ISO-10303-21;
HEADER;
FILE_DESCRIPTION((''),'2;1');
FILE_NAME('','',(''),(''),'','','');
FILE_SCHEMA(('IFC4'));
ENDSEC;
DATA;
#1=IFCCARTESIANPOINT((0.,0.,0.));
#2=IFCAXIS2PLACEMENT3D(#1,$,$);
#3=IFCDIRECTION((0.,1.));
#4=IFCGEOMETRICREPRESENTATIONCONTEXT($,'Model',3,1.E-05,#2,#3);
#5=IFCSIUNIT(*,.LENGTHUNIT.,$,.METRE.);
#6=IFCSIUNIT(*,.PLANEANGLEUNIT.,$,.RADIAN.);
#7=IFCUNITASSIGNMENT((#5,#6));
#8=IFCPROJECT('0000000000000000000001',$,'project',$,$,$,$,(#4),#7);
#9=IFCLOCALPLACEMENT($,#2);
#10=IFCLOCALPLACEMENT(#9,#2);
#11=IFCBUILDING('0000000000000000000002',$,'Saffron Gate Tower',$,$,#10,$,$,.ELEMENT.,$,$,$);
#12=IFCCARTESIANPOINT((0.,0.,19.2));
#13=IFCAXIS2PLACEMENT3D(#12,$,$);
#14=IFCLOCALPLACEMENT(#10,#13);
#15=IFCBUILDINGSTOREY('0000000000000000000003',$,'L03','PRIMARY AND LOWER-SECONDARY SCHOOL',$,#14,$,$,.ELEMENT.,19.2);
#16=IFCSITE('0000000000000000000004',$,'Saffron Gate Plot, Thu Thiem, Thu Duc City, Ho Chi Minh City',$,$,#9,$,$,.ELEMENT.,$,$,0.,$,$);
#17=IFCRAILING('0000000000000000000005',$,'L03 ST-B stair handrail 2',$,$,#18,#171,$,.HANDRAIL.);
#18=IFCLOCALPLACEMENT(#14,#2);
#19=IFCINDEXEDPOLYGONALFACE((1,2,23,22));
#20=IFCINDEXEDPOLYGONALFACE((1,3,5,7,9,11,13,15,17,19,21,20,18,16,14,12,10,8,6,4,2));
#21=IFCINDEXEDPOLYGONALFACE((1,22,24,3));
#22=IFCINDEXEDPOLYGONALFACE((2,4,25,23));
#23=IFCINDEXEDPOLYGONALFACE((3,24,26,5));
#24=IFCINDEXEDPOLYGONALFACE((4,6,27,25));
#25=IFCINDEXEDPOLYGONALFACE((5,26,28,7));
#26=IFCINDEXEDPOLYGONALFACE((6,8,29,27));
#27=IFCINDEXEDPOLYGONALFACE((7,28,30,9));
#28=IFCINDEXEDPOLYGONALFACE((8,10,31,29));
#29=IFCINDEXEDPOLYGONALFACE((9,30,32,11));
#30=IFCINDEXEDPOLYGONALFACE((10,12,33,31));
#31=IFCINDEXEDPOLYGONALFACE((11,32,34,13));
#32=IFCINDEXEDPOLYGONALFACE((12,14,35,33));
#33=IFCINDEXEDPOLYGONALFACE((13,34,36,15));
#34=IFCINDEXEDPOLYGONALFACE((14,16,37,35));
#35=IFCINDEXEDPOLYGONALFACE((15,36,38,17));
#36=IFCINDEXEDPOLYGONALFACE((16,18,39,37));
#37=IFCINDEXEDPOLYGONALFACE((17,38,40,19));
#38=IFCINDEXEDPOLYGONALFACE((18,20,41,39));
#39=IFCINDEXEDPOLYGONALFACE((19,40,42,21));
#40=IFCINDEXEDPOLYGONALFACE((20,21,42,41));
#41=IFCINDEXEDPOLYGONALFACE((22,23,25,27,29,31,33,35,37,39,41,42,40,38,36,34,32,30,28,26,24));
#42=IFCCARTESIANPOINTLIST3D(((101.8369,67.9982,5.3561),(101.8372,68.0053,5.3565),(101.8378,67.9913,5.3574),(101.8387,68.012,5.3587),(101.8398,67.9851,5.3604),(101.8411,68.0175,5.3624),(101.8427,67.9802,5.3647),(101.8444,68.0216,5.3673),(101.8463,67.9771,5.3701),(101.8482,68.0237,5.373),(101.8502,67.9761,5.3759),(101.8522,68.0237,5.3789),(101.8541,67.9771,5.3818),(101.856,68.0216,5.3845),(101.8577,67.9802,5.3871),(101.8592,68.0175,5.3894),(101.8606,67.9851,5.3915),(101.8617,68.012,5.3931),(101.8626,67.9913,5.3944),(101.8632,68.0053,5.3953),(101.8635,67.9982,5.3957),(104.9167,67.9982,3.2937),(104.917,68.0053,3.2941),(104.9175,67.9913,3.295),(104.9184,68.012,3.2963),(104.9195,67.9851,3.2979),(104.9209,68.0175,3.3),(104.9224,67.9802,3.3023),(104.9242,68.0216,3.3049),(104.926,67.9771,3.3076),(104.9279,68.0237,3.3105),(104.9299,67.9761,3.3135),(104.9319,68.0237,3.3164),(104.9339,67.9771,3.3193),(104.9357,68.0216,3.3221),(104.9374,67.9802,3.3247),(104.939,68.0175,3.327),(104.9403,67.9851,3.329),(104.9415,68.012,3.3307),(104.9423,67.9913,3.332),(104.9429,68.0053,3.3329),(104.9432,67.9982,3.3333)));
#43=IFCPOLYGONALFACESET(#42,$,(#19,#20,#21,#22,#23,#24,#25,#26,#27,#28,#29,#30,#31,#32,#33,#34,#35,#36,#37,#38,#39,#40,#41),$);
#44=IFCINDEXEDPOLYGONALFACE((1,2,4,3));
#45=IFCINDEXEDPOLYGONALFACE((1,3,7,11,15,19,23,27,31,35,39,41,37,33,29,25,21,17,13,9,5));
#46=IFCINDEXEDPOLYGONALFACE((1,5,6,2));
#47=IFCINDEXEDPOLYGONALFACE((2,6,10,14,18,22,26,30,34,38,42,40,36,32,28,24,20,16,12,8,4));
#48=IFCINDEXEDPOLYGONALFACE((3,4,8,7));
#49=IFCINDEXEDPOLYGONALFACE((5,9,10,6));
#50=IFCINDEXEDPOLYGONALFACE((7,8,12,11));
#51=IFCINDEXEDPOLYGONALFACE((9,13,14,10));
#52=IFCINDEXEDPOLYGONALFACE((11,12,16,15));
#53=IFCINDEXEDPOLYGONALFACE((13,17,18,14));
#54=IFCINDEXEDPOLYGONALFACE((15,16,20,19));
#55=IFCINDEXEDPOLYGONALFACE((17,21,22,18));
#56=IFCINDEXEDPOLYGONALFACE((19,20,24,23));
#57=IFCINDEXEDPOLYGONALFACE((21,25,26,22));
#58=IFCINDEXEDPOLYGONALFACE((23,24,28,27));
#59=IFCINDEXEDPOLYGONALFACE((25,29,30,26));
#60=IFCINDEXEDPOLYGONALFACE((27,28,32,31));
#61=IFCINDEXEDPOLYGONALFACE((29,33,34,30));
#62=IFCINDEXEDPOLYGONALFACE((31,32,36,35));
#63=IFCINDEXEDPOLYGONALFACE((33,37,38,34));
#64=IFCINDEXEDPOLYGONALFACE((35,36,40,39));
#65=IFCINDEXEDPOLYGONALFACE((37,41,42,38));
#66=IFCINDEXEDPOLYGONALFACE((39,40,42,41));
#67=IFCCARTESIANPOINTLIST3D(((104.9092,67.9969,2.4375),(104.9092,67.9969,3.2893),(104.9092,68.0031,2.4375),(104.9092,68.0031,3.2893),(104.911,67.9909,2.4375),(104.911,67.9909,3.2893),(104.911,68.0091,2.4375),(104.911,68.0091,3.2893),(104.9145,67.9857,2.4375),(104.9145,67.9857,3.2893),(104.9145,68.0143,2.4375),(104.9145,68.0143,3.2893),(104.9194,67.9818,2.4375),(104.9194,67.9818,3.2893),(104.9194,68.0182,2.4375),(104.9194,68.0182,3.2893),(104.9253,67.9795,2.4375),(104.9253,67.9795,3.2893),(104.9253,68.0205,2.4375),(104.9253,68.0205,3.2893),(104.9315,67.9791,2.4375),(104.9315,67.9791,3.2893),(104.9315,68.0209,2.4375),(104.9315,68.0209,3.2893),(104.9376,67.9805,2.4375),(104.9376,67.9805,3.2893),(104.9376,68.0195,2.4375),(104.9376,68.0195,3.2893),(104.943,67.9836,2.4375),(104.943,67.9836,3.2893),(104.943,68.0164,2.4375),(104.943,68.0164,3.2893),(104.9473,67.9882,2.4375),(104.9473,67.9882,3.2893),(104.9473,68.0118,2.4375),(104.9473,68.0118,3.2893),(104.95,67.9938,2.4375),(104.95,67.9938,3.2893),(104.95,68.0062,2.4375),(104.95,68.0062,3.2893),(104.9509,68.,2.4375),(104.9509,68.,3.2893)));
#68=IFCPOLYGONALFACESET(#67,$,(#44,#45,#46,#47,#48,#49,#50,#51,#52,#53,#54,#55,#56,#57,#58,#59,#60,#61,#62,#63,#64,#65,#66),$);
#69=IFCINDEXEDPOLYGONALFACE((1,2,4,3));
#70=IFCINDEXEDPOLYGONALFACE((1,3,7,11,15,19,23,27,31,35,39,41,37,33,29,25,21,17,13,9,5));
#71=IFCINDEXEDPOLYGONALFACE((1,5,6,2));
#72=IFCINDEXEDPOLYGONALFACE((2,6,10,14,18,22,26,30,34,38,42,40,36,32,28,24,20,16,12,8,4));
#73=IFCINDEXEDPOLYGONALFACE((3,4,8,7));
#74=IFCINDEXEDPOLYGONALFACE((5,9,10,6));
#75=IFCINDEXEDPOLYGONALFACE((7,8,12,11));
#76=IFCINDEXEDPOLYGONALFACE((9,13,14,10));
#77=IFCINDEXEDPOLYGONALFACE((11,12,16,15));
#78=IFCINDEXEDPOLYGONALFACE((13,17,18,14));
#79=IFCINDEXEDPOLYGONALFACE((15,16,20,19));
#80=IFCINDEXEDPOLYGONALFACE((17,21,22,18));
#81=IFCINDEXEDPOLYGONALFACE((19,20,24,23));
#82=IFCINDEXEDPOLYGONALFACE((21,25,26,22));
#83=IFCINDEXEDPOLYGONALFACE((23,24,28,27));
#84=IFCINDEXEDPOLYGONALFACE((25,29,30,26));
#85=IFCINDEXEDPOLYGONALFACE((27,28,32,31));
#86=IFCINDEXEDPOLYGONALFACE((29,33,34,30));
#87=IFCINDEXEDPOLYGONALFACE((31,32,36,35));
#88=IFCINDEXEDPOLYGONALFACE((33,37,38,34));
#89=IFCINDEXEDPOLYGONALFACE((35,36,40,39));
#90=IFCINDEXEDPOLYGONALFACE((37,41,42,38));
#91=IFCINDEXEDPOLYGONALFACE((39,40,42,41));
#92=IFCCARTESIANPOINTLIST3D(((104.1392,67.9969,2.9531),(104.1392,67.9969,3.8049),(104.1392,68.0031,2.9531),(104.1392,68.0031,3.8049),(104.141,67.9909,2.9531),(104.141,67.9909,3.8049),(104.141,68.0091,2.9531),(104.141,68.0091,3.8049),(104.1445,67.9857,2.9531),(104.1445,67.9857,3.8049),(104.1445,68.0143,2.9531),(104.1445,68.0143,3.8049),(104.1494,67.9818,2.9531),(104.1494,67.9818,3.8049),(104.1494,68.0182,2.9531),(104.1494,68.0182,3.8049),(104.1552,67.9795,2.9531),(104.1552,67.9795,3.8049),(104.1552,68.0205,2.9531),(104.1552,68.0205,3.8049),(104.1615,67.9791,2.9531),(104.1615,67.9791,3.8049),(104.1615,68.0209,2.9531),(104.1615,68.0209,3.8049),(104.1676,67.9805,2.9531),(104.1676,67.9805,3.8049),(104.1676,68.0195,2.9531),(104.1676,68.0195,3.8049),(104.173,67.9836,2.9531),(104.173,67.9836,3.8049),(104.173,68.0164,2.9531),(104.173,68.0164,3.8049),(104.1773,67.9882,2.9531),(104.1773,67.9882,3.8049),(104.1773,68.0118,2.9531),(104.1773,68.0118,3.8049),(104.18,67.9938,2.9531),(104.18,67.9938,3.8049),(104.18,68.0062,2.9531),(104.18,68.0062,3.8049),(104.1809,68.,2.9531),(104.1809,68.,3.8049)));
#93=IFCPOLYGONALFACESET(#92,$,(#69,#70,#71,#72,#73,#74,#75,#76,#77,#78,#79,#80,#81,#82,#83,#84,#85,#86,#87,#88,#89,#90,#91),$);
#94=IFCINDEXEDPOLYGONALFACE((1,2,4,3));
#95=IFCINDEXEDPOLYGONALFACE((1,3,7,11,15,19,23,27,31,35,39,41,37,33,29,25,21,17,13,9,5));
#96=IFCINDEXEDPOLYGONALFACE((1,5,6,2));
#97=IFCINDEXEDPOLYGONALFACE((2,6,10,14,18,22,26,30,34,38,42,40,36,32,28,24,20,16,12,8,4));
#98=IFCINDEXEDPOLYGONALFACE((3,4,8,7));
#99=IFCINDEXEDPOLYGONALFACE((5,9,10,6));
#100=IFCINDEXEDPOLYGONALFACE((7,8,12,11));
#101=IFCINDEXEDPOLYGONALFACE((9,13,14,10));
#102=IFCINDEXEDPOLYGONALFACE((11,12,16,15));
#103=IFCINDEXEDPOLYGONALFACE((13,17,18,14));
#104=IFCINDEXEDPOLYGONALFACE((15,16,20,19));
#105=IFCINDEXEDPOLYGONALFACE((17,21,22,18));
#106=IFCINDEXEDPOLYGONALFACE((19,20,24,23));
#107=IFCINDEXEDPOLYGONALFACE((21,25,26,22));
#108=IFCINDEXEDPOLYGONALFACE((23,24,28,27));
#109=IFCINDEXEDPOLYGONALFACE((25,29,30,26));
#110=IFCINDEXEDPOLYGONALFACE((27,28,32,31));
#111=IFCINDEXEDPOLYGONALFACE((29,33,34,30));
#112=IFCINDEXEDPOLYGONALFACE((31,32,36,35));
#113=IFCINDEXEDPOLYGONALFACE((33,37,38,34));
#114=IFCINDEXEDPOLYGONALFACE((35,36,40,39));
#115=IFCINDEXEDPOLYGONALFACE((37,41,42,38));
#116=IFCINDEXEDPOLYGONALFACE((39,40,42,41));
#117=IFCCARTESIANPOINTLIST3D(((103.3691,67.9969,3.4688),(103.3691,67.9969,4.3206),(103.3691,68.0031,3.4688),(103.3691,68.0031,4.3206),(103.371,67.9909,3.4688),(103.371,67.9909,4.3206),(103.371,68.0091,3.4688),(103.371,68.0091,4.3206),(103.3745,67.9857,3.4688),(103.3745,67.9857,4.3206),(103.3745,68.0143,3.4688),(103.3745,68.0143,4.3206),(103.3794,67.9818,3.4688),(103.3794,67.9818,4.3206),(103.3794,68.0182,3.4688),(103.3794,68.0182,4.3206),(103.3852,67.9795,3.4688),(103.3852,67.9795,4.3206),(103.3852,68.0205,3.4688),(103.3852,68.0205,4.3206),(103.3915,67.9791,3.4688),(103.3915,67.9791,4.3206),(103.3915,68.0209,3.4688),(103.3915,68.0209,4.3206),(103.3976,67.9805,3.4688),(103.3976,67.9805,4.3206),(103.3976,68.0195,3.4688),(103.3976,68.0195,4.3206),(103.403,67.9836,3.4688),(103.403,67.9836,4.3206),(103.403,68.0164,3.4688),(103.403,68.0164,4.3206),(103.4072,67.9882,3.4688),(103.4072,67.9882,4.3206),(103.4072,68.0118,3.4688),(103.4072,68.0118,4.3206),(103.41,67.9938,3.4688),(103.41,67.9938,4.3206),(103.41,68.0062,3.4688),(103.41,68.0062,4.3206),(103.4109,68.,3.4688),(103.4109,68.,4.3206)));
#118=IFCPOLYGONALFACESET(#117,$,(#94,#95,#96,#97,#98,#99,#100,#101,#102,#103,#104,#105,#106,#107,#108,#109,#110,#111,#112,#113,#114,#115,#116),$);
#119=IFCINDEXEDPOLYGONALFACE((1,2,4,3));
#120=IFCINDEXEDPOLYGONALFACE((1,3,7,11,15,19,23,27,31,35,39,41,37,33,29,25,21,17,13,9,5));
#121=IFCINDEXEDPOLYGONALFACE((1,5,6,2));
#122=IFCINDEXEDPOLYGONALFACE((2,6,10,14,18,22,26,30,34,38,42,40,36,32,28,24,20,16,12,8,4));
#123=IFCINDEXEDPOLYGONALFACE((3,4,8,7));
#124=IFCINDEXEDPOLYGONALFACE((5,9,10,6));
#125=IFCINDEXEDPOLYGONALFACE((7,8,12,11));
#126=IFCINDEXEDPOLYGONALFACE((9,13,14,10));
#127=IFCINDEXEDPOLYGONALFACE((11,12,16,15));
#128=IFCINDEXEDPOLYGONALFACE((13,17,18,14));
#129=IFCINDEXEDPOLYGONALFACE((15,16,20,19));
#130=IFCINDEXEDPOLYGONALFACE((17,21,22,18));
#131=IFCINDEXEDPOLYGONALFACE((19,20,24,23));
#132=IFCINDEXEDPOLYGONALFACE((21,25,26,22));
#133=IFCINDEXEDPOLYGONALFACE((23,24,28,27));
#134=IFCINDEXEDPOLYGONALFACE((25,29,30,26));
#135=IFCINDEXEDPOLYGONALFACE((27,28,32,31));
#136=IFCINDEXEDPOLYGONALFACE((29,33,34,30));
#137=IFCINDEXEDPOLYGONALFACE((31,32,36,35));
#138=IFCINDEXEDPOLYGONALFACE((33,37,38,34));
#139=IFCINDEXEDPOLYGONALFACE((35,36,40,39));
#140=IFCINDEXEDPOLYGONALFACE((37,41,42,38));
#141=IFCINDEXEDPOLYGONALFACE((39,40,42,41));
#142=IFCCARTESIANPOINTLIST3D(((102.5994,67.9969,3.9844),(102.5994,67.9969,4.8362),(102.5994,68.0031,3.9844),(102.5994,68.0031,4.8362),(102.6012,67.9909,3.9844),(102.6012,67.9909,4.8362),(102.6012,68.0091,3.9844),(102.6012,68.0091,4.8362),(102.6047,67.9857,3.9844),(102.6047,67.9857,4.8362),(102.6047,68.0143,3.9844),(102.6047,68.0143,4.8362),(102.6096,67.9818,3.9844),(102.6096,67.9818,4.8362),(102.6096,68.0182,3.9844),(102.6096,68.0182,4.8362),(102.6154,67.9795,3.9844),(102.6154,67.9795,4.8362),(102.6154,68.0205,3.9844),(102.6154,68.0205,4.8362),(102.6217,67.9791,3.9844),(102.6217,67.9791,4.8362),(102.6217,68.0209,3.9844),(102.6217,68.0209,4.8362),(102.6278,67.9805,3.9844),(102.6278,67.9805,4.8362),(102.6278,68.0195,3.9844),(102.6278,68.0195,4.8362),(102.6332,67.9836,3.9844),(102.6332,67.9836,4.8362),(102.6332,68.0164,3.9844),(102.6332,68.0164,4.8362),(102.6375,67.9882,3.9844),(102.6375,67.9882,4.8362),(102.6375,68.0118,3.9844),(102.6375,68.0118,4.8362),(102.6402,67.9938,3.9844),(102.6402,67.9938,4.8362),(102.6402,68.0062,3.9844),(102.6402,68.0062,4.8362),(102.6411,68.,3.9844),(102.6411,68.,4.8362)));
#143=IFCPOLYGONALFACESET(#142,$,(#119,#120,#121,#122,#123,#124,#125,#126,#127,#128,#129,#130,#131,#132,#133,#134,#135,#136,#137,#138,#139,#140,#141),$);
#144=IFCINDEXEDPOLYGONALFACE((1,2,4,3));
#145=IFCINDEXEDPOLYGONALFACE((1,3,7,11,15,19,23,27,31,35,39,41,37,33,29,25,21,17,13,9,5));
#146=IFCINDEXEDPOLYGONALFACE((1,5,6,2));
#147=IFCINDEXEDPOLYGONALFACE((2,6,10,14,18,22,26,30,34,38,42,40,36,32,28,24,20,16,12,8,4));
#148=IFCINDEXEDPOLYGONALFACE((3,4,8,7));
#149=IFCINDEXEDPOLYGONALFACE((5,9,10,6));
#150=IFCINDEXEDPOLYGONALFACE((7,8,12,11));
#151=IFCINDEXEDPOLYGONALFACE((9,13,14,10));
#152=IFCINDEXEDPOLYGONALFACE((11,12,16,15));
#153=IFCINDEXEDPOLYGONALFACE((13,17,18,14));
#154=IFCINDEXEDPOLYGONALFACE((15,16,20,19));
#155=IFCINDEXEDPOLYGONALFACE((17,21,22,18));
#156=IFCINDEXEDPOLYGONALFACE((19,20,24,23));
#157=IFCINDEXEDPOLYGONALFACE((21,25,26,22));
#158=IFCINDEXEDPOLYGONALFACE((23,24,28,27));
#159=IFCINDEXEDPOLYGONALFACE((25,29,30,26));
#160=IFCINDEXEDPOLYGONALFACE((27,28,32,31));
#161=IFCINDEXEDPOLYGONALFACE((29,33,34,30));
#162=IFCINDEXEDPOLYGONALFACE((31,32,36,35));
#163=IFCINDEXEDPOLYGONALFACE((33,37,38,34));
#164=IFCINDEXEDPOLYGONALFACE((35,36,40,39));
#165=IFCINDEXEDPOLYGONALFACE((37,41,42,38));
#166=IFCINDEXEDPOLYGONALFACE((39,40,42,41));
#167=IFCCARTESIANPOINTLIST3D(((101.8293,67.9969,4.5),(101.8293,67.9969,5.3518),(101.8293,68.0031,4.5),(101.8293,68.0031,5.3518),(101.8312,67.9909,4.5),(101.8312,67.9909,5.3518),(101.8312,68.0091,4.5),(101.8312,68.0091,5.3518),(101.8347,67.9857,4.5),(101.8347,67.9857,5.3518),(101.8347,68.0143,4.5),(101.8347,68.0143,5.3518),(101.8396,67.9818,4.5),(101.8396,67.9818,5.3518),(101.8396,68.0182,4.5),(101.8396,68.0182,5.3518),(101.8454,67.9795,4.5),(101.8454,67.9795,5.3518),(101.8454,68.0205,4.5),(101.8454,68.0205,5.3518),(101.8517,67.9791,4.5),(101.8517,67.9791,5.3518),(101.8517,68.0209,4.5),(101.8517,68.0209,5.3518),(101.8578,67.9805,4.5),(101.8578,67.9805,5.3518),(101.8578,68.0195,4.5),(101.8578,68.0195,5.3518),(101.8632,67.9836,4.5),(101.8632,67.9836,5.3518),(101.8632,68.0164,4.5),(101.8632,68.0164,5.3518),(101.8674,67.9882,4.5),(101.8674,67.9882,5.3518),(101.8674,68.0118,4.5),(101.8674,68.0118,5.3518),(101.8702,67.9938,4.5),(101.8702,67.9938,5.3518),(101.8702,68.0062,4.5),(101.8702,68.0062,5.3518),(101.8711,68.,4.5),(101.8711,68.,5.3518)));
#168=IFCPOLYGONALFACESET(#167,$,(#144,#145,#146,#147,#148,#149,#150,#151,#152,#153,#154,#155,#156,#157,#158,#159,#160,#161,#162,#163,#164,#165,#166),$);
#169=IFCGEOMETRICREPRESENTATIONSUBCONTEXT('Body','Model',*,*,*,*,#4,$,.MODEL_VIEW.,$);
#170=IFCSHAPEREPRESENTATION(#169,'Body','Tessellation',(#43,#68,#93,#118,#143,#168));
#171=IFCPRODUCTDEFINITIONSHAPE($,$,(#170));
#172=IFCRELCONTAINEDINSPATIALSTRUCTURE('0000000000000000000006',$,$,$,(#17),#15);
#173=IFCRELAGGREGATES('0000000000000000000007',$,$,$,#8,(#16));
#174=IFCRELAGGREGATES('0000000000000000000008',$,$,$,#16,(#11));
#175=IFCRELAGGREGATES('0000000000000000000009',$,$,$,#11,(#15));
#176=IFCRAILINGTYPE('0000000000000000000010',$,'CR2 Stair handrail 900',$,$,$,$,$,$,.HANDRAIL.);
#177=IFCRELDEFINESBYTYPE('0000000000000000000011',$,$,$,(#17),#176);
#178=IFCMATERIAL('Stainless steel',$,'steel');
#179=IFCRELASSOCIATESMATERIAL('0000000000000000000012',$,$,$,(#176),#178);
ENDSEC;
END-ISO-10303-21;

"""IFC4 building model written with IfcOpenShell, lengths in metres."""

from ifc_helpers import new_model, si_unit, direction, frame, origin, origin_2d, place, context, subcontext, project, spatial, circle, extrude, material, type_object, element, save


model = new_model("IFC4")

# Units and contexts
model_context = context("Model", 3, precision=1e-05, world=origin(), true_north=direction((0.0, 1.0)))
body_context = subcontext(model_context, "Body", "Model", "MODEL_VIEW")
ifc_project = project(units=[si_unit("LENGTHUNIT", "METRE"), si_unit("PLANEANGLEUNIT", "RADIAN")], contexts=[model_context])

# Site, building, storey
site_placement = place(None, origin())
site = spatial("IfcSite", under=ifc_project, at=site_placement, Name="Saffron Gate Plot, Thu Thiem, Thu Duc City, Ho Chi Minh City", CompositionType="ELEMENT", RefElevation=0.0)
building_placement = place(site_placement, origin())
building = spatial("IfcBuilding", under=site, at=building_placement, Name="Saffron Gate Tower", CompositionType="ELEMENT")
storey_placement = place(building_placement, frame((0.0, 0.0, 19.2)))
storey = spatial("IfcBuildingStorey", under=building, at=storey_placement, Name="L03", Description="PRIMARY AND LOWER-SECONDARY SCHOOL", CompositionType="ELEMENT", Elevation=19.2)

# Railing
ifc_material_1 = material(Name="Stainless steel", Category="steel")
railing_type_1 = type_object("IfcRailingType", Name="CR2 Stair handrail 900", PredefinedType="HANDRAIL", material=ifc_material_1)
railing_1_placement = place(storey_placement, frame((104.9299, 68.0, 2.4375)))
element("IfcRailing", 1, at=railing_1_placement, inside=storey, type_object=railing_type_1, Name="L03 ST-B stair handrail 2", PredefinedType="HANDRAIL", context=body_context, shape_type="SweptSolid", body=[
    extrude(circle(Radius=0.0239, at=origin_2d()), frame((0.0, 0.0, 0.876), z_axis=(-0.830893, 0.0, 0.556432), x_axis=(0.0, -1.0, 0.0)), (0.0, 0.0, 1.0), 3.7065),
    extrude(circle(Radius=0.021, at=origin_2d()), origin(), (0.0, 0.0, 1.0), 0.8518),
    extrude(circle(Radius=0.021, at=origin_2d()), frame((-0.77, 0.0, 0.5156)), (0.0, 0.0, 1.0), 0.8518),
    extrude(circle(Radius=0.021, at=origin_2d()), frame((-1.54, 0.0, 1.0312)), (0.0, 0.0, 1.0), 0.8518),
    extrude(circle(Radius=0.021, at=origin_2d()), frame((-2.3098, 0.0, 1.5469)), (0.0, 0.0, 1.0), 0.8518),
    extrude(circle(Radius=0.021, at=origin_2d()), frame((-3.0798, 0.0, 2.0625)), (0.0, 0.0, 1.0), 0.8518),
])

save(model, "model.ifc")
